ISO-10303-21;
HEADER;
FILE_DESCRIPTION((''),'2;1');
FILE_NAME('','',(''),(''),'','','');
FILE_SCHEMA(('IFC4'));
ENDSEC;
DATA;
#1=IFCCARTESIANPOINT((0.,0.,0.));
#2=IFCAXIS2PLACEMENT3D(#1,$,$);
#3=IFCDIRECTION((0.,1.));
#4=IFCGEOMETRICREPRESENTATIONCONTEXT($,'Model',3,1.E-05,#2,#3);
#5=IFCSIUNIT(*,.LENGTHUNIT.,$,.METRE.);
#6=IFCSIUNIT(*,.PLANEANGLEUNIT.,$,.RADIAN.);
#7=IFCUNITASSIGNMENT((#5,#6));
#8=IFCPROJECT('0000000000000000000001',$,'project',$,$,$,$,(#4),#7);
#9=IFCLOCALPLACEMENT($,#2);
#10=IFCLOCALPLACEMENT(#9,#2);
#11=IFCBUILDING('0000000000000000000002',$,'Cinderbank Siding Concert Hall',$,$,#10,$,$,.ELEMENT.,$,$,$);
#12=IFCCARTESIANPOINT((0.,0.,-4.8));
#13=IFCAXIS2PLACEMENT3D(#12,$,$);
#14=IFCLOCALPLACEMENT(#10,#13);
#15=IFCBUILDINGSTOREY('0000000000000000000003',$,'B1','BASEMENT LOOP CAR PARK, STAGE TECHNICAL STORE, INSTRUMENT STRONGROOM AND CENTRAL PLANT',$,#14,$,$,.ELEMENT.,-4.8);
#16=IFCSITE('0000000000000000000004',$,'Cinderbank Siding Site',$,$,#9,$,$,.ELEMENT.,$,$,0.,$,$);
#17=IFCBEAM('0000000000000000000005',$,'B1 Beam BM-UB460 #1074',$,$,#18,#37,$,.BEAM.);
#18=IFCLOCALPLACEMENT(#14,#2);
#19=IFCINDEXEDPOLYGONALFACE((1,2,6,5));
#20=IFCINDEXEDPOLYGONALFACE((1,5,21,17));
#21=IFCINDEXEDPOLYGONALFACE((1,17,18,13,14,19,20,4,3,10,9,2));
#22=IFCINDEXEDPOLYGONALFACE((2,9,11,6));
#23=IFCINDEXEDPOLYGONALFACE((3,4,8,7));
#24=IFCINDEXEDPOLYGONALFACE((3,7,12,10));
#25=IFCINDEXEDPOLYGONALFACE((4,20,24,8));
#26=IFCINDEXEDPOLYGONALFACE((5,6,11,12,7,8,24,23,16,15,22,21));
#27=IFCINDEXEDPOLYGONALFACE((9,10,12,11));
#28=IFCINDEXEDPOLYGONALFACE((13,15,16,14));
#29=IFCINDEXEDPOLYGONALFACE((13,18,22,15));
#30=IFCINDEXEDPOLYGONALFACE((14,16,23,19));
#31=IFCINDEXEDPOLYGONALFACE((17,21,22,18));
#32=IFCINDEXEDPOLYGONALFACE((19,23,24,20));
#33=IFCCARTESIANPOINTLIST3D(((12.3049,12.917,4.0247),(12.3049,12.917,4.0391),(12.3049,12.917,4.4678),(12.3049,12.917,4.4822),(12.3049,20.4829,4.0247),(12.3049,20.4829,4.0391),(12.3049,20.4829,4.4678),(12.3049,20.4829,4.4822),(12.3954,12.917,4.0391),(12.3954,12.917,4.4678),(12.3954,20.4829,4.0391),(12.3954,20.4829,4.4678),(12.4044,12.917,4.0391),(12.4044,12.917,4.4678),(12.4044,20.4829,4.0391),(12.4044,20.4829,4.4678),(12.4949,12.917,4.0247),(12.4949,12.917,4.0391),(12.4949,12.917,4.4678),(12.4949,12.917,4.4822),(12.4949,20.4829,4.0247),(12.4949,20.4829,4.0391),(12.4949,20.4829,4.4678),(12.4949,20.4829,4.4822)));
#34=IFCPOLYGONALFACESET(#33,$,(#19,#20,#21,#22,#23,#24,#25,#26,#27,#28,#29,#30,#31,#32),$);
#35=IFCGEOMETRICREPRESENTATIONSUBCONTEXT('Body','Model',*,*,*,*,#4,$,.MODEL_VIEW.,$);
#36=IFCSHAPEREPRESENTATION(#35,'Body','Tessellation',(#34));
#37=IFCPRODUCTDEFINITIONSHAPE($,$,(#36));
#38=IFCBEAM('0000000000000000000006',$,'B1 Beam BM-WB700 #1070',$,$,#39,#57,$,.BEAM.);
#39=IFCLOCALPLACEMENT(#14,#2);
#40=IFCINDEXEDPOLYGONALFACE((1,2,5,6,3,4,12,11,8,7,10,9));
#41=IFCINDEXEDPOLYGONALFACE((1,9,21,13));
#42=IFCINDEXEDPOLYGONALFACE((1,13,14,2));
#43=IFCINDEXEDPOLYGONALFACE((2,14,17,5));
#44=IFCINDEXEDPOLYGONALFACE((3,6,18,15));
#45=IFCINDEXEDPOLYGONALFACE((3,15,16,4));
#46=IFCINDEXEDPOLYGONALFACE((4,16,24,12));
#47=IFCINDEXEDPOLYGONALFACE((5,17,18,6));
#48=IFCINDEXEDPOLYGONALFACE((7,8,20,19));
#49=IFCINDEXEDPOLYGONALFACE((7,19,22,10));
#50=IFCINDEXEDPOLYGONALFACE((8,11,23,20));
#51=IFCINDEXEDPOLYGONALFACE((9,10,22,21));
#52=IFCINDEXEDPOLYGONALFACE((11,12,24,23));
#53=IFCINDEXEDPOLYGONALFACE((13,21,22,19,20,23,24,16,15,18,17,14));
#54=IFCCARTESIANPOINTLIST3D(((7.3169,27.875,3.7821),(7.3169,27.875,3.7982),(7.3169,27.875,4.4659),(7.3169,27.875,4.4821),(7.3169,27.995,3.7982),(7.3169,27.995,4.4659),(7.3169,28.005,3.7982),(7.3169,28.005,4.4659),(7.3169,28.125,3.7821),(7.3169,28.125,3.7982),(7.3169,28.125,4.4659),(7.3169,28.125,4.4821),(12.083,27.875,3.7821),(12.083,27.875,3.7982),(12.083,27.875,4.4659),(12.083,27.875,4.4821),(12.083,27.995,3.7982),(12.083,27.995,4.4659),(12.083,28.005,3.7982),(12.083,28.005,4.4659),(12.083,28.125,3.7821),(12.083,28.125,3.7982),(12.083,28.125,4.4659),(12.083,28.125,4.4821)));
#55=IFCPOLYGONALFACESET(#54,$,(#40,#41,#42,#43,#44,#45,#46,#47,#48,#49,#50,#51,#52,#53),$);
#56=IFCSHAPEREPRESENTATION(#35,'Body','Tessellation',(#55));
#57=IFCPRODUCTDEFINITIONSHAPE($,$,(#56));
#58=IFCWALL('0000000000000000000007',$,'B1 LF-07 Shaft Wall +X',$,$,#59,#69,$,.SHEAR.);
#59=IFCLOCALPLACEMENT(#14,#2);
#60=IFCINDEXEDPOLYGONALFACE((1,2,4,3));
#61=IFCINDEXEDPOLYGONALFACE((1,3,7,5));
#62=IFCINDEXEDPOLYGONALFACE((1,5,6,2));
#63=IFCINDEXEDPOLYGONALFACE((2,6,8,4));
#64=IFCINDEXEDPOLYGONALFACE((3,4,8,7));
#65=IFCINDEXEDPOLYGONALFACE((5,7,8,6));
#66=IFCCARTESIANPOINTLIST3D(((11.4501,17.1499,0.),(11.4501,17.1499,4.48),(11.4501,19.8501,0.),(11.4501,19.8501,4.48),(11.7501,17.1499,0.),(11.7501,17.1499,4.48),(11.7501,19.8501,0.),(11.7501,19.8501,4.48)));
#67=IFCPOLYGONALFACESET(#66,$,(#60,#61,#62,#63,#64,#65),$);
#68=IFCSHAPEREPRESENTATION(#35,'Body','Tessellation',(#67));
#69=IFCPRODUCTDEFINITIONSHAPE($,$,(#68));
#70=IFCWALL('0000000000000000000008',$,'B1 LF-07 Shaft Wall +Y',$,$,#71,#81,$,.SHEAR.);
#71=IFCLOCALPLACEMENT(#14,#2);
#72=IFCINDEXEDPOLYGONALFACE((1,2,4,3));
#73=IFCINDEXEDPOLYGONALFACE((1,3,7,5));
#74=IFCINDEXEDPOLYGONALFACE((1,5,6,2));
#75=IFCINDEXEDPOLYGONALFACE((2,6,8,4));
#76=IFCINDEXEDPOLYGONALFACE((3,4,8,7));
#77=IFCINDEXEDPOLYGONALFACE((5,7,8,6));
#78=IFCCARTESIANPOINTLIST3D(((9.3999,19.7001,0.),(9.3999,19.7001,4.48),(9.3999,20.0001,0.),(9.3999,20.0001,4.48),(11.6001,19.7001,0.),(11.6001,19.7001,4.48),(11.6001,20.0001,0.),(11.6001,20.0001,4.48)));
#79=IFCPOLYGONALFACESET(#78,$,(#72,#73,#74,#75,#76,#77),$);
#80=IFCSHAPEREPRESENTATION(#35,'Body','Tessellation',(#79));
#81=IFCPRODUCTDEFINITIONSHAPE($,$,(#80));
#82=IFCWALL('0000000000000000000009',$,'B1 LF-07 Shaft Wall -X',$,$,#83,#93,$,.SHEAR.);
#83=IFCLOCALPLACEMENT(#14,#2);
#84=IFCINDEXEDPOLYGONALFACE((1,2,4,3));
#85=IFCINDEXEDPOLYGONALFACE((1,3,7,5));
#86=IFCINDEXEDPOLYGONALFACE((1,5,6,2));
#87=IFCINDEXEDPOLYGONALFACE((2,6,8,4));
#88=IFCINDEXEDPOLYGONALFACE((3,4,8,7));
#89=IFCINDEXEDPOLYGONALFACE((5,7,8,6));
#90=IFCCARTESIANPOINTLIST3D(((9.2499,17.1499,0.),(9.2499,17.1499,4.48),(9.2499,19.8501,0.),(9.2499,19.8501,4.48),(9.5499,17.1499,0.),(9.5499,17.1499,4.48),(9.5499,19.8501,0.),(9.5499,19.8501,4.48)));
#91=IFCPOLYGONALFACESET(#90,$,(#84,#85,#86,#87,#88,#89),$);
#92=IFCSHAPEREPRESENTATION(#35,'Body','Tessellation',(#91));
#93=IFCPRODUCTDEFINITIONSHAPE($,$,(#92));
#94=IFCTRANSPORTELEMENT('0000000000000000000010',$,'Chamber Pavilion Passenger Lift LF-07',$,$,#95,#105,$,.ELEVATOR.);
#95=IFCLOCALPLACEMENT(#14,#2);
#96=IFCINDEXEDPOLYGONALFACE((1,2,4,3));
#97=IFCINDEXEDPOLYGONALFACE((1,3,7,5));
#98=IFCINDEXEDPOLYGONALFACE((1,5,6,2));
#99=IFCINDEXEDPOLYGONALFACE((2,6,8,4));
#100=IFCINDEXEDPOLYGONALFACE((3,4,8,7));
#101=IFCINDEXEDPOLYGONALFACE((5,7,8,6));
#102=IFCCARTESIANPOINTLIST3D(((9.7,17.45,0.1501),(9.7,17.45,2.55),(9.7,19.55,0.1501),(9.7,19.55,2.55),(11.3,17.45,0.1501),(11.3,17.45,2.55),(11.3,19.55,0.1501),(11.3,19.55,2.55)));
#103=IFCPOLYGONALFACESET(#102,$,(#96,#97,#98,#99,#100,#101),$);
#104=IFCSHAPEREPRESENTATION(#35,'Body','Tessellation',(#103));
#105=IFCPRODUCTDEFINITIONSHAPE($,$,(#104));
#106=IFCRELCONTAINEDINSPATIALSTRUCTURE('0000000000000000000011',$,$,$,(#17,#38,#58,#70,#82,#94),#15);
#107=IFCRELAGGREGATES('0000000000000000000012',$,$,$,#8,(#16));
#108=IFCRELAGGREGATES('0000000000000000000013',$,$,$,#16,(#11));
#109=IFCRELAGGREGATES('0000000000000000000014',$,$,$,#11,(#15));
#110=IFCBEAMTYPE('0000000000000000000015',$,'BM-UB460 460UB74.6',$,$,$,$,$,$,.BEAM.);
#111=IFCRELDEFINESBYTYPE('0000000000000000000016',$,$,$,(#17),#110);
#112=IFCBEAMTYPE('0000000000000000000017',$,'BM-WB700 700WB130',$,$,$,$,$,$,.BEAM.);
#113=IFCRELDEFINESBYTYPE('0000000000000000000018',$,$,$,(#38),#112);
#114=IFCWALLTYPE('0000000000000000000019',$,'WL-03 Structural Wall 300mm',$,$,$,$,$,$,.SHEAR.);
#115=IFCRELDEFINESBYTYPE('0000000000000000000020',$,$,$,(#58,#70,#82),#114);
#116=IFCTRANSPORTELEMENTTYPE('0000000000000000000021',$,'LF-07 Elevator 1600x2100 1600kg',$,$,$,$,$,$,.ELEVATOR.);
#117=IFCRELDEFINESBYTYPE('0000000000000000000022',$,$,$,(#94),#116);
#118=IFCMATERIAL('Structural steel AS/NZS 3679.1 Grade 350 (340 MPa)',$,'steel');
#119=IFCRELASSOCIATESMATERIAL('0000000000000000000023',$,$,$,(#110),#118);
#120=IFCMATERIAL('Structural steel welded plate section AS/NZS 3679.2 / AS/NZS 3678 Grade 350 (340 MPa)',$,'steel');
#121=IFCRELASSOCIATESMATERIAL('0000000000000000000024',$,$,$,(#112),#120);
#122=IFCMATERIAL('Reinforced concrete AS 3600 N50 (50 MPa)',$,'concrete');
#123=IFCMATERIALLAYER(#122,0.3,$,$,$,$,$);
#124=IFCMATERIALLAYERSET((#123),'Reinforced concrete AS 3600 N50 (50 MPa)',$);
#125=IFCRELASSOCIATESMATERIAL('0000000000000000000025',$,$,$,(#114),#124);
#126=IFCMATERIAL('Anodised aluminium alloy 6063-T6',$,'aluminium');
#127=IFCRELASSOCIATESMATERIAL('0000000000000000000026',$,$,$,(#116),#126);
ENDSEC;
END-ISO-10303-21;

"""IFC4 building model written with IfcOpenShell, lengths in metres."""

from ifc_helpers import new_model, si_unit, direction, frame, frame_2d, origin, origin_2d, place, context, subcontext, project, spatial, rectangle, i_section, extrude, material, layer, layer_set, material_profile, profile_set, type_object, element, save


model = new_model("IFC4")

# Units and contexts
model_context = context("Model", 3, precision=1e-05, world=origin(), true_north=direction((0.0, 1.0)))
body_context = subcontext(model_context, "Body", "Model", "MODEL_VIEW")
ifc_project = project(units=[si_unit("LENGTHUNIT", "METRE"), si_unit("PLANEANGLEUNIT", "RADIAN")], contexts=[model_context])

# Site, building, storey
site_placement = place(None, origin())
site = spatial("IfcSite", under=ifc_project, at=site_placement, Name="Cinderbank Siding Site", CompositionType="ELEMENT", RefElevation=0.0)
building_placement = place(site_placement, origin())
building = spatial("IfcBuilding", under=site, at=building_placement, Name="Cinderbank Siding Concert Hall", CompositionType="ELEMENT")
storey_placement = place(building_placement, frame((0.0, 0.0, -4.8)))
storey = spatial("IfcBuildingStorey", under=building, at=storey_placement, Name="B1", Description="BASEMENT LOOP CAR PARK, STAGE TECHNICAL STORE, INSTRUMENT STRONGROOM AND CENTRAL PLANT", CompositionType="ELEMENT", Elevation=-4.8)

# Shared definitions
ifc_material_1 = material(Name="Reinforced concrete AS 3600 N50 (50 MPa)", Category="concrete")

# Beams
ifc_material_2 = material(Name="Structural steel AS/NZS 3679.1 Grade 350 (340 MPa)", Category="steel")
ifc_material_profile_1 = material_profile(ifc_material_2, i_section(OverallWidth=0.1899, OverallDepth=0.4575, WebThickness=0.009, FlangeThickness=0.0144, at=origin_2d()), Name="460UB74.6", Category="LoadBearing")
ifc_profile_set_1 = profile_set([ifc_material_profile_1], Name="Structural steel AS/NZS 3679.1 Grade 350 (340 MPa)")
beam_type_1 = type_object("IfcBeamType", Name="BM-UB460 460UB74.6", PredefinedType="BEAM", material=ifc_profile_set_1)
beam_1_placement = place(storey_placement, frame((12.3999, 12.917, 4.2534), z_axis=(0.0, 1.0, 0.0), x_axis=(-1.0, 0.0, 0.0)))
element("IfcBeam", 1, at=beam_1_placement, inside=storey, type_object=beam_type_1, Name="B1 Beam BM-UB460 #1074", PredefinedType="BEAM", context=body_context, shape_type="SweptSolid", body=[
    extrude(i_section(OverallWidth=0.1899, OverallDepth=0.4575, WebThickness=0.009, FlangeThickness=0.0144, at=origin_2d()), origin(), (0.0, 0.0, 1.0), 7.5659),
])
ifc_material_3 = material(Name="Structural steel welded plate section AS/NZS 3679.2 / AS/NZS 3678 Grade 350 (340 MPa)", Category="steel")
ifc_material_profile_2 = material_profile(ifc_material_3, i_section(OverallWidth=0.25, OverallDepth=0.7, WebThickness=0.01, FlangeThickness=0.0161, at=origin_2d()), Name="700WB130", Category="LoadBearing")
ifc_profile_set_2 = profile_set([ifc_material_profile_2], Name="Structural steel welded plate section AS/NZS 3679.2 / AS/NZS 3678 Grade 350 (340 MPa)")
beam_type_2 = type_object("IfcBeamType", Name="BM-WB700 700WB130", PredefinedType="BEAM", material=ifc_profile_set_2)
beam_2_placement = place(storey_placement, frame((7.3169, 28.0, 4.1321), z_axis=(1.0, 0.0, 0.0), x_axis=(0.0, 1.0, 0.0)))
element("IfcBeam", 2, at=beam_2_placement, inside=storey, type_object=beam_type_2, Name="B1 Beam BM-WB700 #1070", PredefinedType="BEAM", context=body_context, shape_type="SweptSolid", body=[
    extrude(i_section(OverallWidth=0.25, OverallDepth=0.7, WebThickness=0.01, FlangeThickness=0.0161, at=origin_2d()), origin(), (0.0, 0.0, 1.0), 4.7661),
])

# Shared definitions
ifc_layer_1 = layer(ifc_material_1, 0.3)
ifc_layer_set_1 = layer_set([ifc_layer_1], Name="Reinforced concrete AS 3600 N50 (50 MPa)")
wall_type = type_object("IfcWallType", Name="WL-03 Structural Wall 300mm", PredefinedType="SHEAR", material=ifc_layer_set_1)

# Walls
wall_1_placement = place(storey_placement, frame((11.6001, 19.8501, 0.0), z_axis=(0.0, 0.0, 1.0), x_axis=(0.0, -1.0, 0.0)))
element("IfcWall", 3, at=wall_1_placement, inside=storey, type_object=wall_type, Name="B1 LF-07 Shaft Wall +X", PredefinedType="SHEAR", context=body_context, shape_type="SweptSolid", body=[
    extrude(rectangle(XDim=2.7002, YDim=0.3, at=frame_2d((1.3501, 0.0))), origin(), (0.0, 0.0, 1.0), 4.48),
])
wall_2_placement = place(storey_placement, frame((9.3999, 19.8501, 0.0), z_axis=(0.0, 0.0, 1.0), x_axis=(1.0, 0.0, 0.0)))
element("IfcWall", 4, at=wall_2_placement, inside=storey, type_object=wall_type, Name="B1 LF-07 Shaft Wall +Y", PredefinedType="SHEAR", context=body_context, shape_type="SweptSolid", body=[
    extrude(rectangle(XDim=2.2002, YDim=0.3, at=frame_2d((1.1001, 0.0))), origin(), (0.0, 0.0, 1.0), 4.48),
])
wall_3_placement = place(storey_placement, frame((9.3999, 17.1499, 0.0), z_axis=(0.0, 0.0, 1.0), x_axis=(0.0, 1.0, 0.0)))
element("IfcWall", 5, at=wall_3_placement, inside=storey, type_object=wall_type, Name="B1 LF-07 Shaft Wall -X", PredefinedType="SHEAR", context=body_context, shape_type="SweptSolid", body=[
    extrude(rectangle(XDim=2.7002, YDim=0.3, at=frame_2d((1.3501, 0.0))), origin(), (0.0, 0.0, 1.0), 4.48),
])

# Transport element
ifc_material_4 = material(Name="Anodised aluminium alloy 6063-T6", Category="aluminium")
transport_element_type = type_object("IfcTransportElementType", Name="LF-07 Elevator 1600x2100 1600kg", PredefinedType="ELEVATOR", material=ifc_material_4)
transport_element_placement = place(storey_placement, frame((10.5, 18.5, 0.1501), z_axis=(0.0, 0.0, 1.0), x_axis=(1.0, 0.0, 0.0)))
element("IfcTransportElement", 6, at=transport_element_placement, inside=storey, type_object=transport_element_type, Name="Chamber Pavilion Passenger Lift LF-07", PredefinedType="ELEVATOR", context=body_context, shape_type="SweptSolid", body=[
    extrude(rectangle(XDim=1.6001, YDim=2.1001, at=origin_2d()), origin(), (0.0, 0.0, 1.0), 2.3999),
])

save(model, "model.ifc")
